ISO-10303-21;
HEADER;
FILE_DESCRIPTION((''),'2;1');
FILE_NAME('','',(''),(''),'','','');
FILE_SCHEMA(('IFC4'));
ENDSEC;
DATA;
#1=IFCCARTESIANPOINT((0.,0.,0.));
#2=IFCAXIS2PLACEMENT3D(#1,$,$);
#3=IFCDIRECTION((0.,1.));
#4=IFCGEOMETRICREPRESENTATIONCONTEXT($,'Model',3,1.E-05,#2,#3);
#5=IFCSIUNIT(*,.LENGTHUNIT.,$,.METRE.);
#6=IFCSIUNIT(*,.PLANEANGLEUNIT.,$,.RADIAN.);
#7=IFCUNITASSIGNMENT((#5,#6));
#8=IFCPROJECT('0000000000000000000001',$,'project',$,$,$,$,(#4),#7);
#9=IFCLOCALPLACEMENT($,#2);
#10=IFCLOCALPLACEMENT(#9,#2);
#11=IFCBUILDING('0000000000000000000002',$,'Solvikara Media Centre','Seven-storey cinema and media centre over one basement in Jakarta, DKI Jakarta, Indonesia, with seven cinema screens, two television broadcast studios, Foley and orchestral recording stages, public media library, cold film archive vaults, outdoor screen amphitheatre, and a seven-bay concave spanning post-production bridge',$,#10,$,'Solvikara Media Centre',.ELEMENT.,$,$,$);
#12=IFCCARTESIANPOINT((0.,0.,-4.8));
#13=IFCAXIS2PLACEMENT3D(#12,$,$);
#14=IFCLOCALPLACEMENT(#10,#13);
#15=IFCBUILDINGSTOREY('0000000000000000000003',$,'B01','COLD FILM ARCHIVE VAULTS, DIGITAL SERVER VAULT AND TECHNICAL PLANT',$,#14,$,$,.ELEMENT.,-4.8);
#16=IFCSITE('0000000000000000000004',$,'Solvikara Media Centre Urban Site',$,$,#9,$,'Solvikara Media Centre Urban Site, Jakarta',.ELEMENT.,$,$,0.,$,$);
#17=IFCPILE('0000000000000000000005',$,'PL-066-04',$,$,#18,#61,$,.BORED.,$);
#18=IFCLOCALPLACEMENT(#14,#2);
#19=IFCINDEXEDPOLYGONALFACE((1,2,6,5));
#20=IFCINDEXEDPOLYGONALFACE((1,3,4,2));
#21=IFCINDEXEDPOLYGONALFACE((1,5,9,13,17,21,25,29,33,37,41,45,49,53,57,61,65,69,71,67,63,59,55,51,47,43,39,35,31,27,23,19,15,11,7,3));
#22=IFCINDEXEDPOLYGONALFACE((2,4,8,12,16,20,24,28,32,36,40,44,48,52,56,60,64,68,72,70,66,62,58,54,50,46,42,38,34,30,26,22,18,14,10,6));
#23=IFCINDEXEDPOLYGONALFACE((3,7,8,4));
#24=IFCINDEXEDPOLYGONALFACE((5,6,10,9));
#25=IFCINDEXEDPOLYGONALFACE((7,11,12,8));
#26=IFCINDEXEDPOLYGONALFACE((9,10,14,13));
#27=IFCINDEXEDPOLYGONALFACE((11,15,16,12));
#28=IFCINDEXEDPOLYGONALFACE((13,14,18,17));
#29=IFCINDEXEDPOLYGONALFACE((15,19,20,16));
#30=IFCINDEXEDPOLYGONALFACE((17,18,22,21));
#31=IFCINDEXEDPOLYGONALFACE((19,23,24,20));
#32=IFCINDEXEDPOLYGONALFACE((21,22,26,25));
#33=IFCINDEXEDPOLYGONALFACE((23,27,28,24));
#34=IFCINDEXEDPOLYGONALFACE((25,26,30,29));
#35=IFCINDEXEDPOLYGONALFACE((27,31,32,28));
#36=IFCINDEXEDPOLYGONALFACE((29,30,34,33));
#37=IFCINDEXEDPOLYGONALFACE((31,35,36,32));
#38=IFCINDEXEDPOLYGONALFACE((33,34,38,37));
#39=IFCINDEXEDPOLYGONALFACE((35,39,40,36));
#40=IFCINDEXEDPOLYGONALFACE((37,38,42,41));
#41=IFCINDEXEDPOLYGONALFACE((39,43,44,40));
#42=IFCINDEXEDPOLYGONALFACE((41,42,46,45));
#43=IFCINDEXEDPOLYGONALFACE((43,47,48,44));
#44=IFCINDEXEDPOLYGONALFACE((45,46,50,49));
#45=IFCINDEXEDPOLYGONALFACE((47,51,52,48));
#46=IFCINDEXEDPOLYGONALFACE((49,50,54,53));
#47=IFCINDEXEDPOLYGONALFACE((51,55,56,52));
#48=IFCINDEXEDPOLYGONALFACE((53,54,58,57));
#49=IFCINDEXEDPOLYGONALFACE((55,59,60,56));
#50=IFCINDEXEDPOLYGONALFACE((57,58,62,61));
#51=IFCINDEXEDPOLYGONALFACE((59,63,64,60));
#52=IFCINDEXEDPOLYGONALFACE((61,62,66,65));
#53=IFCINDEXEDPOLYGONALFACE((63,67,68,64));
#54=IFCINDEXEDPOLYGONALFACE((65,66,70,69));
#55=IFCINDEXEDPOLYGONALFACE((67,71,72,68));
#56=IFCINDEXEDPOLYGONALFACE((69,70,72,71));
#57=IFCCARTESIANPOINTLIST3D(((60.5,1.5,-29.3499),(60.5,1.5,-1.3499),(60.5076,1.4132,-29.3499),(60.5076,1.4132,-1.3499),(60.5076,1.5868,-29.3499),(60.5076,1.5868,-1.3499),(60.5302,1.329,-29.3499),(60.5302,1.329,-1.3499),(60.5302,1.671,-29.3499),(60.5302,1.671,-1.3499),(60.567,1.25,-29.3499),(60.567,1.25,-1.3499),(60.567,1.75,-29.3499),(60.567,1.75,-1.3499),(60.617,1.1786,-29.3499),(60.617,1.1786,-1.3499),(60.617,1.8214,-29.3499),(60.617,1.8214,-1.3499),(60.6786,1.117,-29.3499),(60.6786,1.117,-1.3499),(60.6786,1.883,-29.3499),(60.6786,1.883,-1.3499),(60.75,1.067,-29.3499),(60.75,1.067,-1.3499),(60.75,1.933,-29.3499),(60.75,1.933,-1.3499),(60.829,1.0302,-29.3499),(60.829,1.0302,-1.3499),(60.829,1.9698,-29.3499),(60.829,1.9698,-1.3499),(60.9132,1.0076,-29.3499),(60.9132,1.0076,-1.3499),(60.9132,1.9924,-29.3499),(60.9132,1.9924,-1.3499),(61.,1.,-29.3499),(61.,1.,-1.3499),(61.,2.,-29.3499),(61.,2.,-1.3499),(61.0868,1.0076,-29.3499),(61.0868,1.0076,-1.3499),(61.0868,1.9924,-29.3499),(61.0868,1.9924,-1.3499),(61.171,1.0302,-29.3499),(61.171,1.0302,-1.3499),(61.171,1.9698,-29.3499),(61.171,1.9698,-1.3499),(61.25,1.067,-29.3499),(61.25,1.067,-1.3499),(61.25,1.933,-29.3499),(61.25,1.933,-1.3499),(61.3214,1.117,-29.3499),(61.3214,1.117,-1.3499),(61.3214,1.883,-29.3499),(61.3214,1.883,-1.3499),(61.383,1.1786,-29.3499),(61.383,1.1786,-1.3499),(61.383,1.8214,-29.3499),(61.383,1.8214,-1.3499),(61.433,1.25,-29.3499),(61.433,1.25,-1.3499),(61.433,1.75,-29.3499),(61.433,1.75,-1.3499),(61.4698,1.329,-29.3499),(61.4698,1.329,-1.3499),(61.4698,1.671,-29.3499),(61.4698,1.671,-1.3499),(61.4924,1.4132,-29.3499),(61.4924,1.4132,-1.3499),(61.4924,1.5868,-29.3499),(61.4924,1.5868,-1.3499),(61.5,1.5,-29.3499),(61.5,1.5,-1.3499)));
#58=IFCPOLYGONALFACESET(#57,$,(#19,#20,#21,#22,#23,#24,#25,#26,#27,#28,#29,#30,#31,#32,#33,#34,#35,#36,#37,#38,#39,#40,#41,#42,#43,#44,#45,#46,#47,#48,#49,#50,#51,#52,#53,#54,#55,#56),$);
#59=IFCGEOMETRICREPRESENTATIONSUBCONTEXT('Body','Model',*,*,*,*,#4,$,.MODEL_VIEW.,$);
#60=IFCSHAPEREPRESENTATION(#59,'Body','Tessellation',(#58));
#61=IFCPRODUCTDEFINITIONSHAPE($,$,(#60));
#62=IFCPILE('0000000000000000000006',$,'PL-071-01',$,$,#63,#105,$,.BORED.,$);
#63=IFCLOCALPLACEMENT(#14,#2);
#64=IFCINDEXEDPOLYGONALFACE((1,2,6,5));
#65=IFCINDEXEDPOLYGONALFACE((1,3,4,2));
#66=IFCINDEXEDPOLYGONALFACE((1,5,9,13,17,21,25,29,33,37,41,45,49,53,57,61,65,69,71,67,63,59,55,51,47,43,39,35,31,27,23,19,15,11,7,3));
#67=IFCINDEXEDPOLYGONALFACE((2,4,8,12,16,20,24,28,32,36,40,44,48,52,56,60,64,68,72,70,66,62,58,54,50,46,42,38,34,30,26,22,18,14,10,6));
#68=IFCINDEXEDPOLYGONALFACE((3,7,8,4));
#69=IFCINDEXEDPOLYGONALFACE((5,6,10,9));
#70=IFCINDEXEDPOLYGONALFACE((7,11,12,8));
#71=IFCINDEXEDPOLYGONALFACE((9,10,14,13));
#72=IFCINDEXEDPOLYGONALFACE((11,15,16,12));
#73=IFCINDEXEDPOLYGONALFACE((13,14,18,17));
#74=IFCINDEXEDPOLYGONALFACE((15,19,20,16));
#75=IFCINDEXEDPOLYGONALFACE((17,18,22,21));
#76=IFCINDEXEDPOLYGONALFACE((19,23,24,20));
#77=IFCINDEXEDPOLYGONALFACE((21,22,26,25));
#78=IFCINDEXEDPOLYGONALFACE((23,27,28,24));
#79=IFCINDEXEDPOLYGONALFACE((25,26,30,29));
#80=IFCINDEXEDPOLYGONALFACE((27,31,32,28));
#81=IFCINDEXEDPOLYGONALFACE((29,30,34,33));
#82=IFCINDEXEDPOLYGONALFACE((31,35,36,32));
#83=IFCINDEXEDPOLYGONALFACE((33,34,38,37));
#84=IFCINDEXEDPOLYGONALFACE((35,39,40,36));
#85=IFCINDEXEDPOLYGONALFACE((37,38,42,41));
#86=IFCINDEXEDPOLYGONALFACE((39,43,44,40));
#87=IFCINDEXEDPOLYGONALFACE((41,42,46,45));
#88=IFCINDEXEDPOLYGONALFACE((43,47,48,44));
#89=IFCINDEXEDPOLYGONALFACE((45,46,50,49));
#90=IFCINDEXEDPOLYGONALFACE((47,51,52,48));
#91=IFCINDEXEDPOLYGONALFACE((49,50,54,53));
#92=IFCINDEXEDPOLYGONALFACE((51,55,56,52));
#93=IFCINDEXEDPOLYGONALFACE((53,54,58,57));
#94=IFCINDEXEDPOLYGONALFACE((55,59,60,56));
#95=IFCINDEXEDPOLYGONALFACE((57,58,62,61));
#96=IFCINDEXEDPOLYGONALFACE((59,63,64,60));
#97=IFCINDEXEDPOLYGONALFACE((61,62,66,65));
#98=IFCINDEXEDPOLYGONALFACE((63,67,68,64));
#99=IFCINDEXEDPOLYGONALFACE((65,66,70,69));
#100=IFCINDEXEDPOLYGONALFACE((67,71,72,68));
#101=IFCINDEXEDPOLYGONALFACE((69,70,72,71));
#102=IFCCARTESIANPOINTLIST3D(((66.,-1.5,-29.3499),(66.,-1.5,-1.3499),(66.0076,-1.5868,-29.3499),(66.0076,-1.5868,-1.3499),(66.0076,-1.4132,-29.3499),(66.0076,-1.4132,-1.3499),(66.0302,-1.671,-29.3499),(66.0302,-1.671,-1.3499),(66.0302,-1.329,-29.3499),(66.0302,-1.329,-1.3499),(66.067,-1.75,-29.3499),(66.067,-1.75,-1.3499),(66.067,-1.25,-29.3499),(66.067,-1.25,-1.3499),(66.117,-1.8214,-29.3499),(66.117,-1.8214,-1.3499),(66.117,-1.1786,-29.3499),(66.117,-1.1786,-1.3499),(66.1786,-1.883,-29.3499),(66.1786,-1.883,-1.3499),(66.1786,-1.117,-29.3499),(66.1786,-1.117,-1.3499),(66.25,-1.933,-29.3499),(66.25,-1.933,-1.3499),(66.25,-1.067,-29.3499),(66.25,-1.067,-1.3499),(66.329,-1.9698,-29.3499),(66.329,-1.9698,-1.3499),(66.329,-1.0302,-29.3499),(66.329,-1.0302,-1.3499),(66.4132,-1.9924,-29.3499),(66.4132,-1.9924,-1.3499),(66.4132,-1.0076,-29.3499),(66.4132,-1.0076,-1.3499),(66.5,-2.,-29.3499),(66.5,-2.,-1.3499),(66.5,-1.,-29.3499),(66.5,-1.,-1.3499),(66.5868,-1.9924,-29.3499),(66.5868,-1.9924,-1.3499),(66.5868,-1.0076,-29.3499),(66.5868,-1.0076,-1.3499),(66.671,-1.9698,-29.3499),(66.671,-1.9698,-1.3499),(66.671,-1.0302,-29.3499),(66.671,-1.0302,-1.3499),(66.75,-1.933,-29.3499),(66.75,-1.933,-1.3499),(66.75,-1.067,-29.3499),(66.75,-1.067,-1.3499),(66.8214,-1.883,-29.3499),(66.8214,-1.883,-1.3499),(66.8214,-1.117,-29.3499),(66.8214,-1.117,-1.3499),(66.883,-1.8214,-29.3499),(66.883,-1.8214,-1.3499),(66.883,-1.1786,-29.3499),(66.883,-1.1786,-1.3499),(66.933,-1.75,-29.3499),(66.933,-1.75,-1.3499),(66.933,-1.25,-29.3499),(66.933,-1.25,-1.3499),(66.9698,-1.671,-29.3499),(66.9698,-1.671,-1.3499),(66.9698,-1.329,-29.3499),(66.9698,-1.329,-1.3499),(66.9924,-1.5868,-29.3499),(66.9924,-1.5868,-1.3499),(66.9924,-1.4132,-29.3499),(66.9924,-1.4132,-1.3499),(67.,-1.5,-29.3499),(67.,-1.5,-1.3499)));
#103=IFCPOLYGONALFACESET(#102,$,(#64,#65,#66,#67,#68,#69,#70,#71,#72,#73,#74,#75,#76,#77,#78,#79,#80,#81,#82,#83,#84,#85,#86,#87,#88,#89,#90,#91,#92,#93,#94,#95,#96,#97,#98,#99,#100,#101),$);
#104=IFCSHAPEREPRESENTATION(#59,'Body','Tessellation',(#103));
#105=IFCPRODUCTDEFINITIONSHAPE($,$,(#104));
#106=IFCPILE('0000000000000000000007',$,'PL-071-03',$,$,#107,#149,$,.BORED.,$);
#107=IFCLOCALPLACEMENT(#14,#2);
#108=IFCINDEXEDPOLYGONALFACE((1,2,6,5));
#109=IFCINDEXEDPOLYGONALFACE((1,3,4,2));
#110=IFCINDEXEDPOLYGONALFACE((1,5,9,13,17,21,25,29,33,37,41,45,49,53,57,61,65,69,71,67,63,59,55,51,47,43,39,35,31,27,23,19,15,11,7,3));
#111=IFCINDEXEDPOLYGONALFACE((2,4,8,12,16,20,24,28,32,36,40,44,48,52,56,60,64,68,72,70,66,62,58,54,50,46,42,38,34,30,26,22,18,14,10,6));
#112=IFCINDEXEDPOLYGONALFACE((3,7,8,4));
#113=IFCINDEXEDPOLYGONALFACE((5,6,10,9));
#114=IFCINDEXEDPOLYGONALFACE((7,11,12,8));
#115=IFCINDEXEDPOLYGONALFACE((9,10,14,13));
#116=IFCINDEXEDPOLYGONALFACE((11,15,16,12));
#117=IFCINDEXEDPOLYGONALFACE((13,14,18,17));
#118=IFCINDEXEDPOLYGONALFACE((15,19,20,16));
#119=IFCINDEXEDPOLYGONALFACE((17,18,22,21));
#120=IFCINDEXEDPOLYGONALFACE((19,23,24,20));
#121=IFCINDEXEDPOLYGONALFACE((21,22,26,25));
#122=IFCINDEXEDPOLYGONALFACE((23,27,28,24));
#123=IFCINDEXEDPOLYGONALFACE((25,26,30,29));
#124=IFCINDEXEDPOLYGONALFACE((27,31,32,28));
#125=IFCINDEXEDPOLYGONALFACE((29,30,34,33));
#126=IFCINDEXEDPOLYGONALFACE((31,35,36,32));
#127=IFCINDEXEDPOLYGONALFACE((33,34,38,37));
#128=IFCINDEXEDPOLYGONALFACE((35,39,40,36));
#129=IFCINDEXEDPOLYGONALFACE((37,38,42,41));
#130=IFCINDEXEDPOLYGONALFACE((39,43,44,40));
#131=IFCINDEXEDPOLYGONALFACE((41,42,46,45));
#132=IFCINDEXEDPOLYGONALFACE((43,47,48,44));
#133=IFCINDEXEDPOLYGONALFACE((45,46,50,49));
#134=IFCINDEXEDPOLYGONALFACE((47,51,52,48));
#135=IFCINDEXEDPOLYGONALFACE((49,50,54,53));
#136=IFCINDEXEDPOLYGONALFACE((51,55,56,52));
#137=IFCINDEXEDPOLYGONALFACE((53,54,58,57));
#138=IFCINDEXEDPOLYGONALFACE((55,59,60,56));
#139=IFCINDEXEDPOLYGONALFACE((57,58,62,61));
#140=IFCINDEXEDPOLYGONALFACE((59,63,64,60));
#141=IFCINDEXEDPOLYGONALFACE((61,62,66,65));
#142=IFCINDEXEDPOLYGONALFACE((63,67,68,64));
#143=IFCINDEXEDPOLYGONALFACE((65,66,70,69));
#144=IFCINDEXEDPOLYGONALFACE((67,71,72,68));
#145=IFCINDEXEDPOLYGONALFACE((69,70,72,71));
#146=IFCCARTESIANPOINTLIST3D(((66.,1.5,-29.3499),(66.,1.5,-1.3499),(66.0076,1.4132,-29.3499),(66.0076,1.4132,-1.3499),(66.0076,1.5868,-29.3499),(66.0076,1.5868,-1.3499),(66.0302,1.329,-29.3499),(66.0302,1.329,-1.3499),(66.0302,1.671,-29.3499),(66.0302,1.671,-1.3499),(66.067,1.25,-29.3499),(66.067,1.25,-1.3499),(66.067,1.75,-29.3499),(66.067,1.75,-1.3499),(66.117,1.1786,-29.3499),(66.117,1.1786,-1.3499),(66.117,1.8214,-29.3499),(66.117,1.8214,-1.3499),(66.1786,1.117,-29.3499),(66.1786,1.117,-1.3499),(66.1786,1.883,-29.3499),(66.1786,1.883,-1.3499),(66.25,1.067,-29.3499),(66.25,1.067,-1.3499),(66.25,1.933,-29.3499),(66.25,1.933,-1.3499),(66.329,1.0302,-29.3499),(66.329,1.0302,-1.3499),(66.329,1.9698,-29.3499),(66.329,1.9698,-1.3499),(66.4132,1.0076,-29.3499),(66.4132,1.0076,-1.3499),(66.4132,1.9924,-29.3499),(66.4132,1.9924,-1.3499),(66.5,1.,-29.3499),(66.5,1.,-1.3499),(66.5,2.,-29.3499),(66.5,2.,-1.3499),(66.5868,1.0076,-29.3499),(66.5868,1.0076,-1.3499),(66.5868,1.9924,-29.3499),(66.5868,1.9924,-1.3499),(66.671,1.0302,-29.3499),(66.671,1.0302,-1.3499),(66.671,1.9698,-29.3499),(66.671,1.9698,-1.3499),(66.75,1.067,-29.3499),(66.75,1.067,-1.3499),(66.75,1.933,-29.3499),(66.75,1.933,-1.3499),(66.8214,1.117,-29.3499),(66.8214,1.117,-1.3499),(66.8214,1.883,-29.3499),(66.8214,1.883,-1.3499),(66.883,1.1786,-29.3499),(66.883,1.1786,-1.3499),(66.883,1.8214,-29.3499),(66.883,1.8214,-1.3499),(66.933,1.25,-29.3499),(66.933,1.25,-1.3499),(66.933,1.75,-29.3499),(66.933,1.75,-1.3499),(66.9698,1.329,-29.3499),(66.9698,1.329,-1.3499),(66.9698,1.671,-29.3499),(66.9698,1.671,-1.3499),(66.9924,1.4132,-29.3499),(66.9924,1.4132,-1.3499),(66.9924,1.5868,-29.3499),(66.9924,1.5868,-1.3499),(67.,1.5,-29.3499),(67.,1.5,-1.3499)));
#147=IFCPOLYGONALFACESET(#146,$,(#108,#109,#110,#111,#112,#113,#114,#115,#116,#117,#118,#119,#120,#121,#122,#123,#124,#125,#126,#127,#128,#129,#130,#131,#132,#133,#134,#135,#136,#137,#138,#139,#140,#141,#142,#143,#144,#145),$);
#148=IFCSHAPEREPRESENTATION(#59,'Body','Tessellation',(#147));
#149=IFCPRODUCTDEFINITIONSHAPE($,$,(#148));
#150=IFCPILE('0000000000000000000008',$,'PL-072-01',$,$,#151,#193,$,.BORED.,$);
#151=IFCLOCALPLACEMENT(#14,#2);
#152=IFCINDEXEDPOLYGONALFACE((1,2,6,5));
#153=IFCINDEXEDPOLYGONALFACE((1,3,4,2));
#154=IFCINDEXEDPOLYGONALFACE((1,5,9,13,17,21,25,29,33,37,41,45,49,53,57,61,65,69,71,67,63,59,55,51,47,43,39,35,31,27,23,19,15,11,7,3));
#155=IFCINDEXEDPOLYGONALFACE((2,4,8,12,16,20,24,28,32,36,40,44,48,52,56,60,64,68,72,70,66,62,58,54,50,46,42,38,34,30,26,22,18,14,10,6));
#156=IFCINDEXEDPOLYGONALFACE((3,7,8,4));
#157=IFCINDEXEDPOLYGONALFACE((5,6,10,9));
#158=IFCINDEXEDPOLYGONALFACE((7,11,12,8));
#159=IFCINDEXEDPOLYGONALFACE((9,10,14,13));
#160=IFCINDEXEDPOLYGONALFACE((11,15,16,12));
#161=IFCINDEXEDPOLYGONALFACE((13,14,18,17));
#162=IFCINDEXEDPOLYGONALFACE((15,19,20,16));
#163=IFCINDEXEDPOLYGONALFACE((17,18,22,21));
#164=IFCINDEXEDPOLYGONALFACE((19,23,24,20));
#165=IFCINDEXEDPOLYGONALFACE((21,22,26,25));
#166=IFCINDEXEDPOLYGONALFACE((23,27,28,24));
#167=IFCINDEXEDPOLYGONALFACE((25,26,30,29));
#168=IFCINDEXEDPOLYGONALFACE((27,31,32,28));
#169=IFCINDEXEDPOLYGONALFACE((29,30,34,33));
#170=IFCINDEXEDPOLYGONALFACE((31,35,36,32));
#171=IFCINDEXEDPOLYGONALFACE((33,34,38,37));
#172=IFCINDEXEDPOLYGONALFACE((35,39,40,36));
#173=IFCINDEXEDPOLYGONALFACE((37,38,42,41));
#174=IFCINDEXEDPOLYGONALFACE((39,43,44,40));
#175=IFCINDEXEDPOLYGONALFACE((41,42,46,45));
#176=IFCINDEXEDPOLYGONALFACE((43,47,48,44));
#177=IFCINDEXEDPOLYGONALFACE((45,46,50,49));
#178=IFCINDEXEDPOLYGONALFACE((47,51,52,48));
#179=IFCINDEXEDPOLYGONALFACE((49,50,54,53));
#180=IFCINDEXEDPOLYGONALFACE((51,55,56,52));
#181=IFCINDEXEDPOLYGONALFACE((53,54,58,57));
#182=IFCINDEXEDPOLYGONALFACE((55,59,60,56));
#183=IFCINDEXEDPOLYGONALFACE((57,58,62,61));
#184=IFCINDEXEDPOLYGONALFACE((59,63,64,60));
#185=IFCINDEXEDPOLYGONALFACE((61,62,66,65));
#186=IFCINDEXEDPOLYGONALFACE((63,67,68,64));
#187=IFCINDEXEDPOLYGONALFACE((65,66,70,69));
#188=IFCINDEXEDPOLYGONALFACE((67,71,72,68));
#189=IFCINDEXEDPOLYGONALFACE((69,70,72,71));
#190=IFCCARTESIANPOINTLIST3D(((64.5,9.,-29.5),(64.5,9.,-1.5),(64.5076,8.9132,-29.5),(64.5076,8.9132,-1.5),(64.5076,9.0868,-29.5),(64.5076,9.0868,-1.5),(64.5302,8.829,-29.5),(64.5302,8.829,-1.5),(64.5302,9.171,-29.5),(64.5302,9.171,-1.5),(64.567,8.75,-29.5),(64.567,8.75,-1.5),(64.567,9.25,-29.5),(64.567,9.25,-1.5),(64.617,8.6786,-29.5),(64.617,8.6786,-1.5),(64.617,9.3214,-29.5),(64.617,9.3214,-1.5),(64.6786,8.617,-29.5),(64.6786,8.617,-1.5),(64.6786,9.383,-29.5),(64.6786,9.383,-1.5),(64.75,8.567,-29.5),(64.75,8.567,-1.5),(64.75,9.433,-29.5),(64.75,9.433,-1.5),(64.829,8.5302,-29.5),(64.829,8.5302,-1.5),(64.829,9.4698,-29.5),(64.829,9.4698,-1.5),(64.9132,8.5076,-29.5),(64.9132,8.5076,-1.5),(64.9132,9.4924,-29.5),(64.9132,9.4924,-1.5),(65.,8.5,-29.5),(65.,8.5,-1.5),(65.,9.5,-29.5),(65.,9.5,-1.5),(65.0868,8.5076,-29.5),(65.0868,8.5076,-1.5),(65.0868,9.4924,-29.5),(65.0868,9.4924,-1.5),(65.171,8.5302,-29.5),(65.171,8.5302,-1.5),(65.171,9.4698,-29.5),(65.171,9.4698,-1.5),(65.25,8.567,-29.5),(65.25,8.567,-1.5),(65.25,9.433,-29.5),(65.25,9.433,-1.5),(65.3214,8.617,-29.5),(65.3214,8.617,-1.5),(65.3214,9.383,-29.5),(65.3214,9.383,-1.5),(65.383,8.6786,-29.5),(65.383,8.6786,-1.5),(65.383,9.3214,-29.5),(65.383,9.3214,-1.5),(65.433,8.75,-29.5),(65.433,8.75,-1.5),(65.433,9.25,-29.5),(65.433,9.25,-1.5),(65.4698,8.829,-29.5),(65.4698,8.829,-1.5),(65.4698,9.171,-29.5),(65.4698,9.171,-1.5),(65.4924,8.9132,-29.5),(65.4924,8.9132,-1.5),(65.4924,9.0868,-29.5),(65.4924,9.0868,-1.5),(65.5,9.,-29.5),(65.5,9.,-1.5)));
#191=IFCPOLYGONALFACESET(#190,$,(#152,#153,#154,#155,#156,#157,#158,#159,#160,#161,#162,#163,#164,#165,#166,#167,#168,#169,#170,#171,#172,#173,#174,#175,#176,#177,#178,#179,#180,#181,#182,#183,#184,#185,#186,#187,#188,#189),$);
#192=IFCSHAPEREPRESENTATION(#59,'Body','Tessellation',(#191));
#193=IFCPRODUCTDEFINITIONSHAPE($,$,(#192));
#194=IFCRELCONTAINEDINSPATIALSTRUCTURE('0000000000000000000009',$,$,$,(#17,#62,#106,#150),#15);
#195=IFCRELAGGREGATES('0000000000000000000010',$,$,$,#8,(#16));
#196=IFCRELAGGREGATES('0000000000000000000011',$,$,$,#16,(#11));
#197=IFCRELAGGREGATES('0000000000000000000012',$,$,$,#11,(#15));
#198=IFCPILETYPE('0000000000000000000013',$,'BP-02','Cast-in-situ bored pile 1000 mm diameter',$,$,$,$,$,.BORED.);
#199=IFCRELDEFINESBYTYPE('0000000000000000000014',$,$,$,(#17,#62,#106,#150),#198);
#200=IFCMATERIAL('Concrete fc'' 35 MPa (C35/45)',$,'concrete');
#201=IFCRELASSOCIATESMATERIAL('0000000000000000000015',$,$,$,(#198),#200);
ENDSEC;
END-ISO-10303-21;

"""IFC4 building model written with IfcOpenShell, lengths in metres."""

from ifc_helpers import new_model, si_unit, direction, frame, origin, origin_2d, place, context, subcontext, project, spatial, circle, extrude, material, material_profile, profile_set, type_object, element, save


model = new_model("IFC4")

# Units and contexts
model_context = context("Model", 3, precision=1e-05, world=origin(), true_north=direction((0.0, 1.0)))
body_context = subcontext(model_context, "Body", "Model", "MODEL_VIEW")
ifc_project = project(units=[si_unit("LENGTHUNIT", "METRE"), si_unit("PLANEANGLEUNIT", "RADIAN")], contexts=[model_context])

# Site, building, storey
site_placement = place(None, origin())
site = spatial("IfcSite", under=ifc_project, at=site_placement, Name="Solvikara Media Centre Urban Site", LongName="Solvikara Media Centre Urban Site, Jakarta", CompositionType="ELEMENT", RefElevation=0.0)
building_placement = place(site_placement, origin())
building = spatial("IfcBuilding", under=site, at=building_placement, Name="Solvikara Media Centre", Description="Seven-storey cinema and media centre over one basement in Jakarta, DKI Jakarta, Indonesia, with seven cinema screens, two television broadcast studios, Foley and orchestral recording stages, public media library, cold film archive vaults, outdoor screen amphitheatre, and a seven-bay concave spanning post-production bridge", LongName="Solvikara Media Centre", CompositionType="ELEMENT")
storey_placement = place(building_placement, frame((0.0, 0.0, -4.8)))
storey = spatial("IfcBuildingStorey", under=building, at=storey_placement, Name="B01", Description="COLD FILM ARCHIVE VAULTS, DIGITAL SERVER VAULT AND TECHNICAL PLANT", CompositionType="ELEMENT", Elevation=-4.8)

# Piles
ifc_material_1 = material(Name="Concrete fc' 35 MPa (C35/45)", Category="concrete")
ifc_material_profile_1 = material_profile(ifc_material_1, circle(Radius=0.5, at=origin_2d()), Name="BORED PILE D1000")
ifc_profile_set_1 = profile_set([ifc_material_profile_1], Name="Concrete fc' 35 MPa (C35/45)")
pile_type_1 = type_object("IfcPileType", Name="BP-02", Description="Cast-in-situ bored pile 1000 mm diameter", PredefinedType="BORED", material=ifc_profile_set_1)
for number, where, z_axis, x_axis, name in (
    (1, (61.0, 1.5, -1.3499), (0.0, 0.0, -1.0), (1.0, 0.0, 0.0), "PL-066-04"),
    (2, (66.5, -1.5, -1.3499), (0.0, 0.0, -1.0), (1.0, 0.0, 0.0), "PL-071-01"),
    (3, (66.5, 1.5, -1.3499), (0.0, 0.0, -1.0), (1.0, 0.0, 0.0), "PL-071-03"),
    (4, (65.0, 9.0, -1.5), (0.0, 0.0, -1.0), (1.0, 0.0, 0.0), "PL-072-01"),
):
    element("IfcPile", number, at=place(storey_placement, frame(where, z_axis=z_axis, x_axis=x_axis)), inside=storey, type_object=pile_type_1, Name=name, PredefinedType="BORED", context=body_context, shape_type="SweptSolid", body=[
        extrude(circle(Radius=0.5, at=origin_2d()), origin(), (0.0, 0.0, 1.0), 28.0),
    ])

save(model, "model.ifc")
